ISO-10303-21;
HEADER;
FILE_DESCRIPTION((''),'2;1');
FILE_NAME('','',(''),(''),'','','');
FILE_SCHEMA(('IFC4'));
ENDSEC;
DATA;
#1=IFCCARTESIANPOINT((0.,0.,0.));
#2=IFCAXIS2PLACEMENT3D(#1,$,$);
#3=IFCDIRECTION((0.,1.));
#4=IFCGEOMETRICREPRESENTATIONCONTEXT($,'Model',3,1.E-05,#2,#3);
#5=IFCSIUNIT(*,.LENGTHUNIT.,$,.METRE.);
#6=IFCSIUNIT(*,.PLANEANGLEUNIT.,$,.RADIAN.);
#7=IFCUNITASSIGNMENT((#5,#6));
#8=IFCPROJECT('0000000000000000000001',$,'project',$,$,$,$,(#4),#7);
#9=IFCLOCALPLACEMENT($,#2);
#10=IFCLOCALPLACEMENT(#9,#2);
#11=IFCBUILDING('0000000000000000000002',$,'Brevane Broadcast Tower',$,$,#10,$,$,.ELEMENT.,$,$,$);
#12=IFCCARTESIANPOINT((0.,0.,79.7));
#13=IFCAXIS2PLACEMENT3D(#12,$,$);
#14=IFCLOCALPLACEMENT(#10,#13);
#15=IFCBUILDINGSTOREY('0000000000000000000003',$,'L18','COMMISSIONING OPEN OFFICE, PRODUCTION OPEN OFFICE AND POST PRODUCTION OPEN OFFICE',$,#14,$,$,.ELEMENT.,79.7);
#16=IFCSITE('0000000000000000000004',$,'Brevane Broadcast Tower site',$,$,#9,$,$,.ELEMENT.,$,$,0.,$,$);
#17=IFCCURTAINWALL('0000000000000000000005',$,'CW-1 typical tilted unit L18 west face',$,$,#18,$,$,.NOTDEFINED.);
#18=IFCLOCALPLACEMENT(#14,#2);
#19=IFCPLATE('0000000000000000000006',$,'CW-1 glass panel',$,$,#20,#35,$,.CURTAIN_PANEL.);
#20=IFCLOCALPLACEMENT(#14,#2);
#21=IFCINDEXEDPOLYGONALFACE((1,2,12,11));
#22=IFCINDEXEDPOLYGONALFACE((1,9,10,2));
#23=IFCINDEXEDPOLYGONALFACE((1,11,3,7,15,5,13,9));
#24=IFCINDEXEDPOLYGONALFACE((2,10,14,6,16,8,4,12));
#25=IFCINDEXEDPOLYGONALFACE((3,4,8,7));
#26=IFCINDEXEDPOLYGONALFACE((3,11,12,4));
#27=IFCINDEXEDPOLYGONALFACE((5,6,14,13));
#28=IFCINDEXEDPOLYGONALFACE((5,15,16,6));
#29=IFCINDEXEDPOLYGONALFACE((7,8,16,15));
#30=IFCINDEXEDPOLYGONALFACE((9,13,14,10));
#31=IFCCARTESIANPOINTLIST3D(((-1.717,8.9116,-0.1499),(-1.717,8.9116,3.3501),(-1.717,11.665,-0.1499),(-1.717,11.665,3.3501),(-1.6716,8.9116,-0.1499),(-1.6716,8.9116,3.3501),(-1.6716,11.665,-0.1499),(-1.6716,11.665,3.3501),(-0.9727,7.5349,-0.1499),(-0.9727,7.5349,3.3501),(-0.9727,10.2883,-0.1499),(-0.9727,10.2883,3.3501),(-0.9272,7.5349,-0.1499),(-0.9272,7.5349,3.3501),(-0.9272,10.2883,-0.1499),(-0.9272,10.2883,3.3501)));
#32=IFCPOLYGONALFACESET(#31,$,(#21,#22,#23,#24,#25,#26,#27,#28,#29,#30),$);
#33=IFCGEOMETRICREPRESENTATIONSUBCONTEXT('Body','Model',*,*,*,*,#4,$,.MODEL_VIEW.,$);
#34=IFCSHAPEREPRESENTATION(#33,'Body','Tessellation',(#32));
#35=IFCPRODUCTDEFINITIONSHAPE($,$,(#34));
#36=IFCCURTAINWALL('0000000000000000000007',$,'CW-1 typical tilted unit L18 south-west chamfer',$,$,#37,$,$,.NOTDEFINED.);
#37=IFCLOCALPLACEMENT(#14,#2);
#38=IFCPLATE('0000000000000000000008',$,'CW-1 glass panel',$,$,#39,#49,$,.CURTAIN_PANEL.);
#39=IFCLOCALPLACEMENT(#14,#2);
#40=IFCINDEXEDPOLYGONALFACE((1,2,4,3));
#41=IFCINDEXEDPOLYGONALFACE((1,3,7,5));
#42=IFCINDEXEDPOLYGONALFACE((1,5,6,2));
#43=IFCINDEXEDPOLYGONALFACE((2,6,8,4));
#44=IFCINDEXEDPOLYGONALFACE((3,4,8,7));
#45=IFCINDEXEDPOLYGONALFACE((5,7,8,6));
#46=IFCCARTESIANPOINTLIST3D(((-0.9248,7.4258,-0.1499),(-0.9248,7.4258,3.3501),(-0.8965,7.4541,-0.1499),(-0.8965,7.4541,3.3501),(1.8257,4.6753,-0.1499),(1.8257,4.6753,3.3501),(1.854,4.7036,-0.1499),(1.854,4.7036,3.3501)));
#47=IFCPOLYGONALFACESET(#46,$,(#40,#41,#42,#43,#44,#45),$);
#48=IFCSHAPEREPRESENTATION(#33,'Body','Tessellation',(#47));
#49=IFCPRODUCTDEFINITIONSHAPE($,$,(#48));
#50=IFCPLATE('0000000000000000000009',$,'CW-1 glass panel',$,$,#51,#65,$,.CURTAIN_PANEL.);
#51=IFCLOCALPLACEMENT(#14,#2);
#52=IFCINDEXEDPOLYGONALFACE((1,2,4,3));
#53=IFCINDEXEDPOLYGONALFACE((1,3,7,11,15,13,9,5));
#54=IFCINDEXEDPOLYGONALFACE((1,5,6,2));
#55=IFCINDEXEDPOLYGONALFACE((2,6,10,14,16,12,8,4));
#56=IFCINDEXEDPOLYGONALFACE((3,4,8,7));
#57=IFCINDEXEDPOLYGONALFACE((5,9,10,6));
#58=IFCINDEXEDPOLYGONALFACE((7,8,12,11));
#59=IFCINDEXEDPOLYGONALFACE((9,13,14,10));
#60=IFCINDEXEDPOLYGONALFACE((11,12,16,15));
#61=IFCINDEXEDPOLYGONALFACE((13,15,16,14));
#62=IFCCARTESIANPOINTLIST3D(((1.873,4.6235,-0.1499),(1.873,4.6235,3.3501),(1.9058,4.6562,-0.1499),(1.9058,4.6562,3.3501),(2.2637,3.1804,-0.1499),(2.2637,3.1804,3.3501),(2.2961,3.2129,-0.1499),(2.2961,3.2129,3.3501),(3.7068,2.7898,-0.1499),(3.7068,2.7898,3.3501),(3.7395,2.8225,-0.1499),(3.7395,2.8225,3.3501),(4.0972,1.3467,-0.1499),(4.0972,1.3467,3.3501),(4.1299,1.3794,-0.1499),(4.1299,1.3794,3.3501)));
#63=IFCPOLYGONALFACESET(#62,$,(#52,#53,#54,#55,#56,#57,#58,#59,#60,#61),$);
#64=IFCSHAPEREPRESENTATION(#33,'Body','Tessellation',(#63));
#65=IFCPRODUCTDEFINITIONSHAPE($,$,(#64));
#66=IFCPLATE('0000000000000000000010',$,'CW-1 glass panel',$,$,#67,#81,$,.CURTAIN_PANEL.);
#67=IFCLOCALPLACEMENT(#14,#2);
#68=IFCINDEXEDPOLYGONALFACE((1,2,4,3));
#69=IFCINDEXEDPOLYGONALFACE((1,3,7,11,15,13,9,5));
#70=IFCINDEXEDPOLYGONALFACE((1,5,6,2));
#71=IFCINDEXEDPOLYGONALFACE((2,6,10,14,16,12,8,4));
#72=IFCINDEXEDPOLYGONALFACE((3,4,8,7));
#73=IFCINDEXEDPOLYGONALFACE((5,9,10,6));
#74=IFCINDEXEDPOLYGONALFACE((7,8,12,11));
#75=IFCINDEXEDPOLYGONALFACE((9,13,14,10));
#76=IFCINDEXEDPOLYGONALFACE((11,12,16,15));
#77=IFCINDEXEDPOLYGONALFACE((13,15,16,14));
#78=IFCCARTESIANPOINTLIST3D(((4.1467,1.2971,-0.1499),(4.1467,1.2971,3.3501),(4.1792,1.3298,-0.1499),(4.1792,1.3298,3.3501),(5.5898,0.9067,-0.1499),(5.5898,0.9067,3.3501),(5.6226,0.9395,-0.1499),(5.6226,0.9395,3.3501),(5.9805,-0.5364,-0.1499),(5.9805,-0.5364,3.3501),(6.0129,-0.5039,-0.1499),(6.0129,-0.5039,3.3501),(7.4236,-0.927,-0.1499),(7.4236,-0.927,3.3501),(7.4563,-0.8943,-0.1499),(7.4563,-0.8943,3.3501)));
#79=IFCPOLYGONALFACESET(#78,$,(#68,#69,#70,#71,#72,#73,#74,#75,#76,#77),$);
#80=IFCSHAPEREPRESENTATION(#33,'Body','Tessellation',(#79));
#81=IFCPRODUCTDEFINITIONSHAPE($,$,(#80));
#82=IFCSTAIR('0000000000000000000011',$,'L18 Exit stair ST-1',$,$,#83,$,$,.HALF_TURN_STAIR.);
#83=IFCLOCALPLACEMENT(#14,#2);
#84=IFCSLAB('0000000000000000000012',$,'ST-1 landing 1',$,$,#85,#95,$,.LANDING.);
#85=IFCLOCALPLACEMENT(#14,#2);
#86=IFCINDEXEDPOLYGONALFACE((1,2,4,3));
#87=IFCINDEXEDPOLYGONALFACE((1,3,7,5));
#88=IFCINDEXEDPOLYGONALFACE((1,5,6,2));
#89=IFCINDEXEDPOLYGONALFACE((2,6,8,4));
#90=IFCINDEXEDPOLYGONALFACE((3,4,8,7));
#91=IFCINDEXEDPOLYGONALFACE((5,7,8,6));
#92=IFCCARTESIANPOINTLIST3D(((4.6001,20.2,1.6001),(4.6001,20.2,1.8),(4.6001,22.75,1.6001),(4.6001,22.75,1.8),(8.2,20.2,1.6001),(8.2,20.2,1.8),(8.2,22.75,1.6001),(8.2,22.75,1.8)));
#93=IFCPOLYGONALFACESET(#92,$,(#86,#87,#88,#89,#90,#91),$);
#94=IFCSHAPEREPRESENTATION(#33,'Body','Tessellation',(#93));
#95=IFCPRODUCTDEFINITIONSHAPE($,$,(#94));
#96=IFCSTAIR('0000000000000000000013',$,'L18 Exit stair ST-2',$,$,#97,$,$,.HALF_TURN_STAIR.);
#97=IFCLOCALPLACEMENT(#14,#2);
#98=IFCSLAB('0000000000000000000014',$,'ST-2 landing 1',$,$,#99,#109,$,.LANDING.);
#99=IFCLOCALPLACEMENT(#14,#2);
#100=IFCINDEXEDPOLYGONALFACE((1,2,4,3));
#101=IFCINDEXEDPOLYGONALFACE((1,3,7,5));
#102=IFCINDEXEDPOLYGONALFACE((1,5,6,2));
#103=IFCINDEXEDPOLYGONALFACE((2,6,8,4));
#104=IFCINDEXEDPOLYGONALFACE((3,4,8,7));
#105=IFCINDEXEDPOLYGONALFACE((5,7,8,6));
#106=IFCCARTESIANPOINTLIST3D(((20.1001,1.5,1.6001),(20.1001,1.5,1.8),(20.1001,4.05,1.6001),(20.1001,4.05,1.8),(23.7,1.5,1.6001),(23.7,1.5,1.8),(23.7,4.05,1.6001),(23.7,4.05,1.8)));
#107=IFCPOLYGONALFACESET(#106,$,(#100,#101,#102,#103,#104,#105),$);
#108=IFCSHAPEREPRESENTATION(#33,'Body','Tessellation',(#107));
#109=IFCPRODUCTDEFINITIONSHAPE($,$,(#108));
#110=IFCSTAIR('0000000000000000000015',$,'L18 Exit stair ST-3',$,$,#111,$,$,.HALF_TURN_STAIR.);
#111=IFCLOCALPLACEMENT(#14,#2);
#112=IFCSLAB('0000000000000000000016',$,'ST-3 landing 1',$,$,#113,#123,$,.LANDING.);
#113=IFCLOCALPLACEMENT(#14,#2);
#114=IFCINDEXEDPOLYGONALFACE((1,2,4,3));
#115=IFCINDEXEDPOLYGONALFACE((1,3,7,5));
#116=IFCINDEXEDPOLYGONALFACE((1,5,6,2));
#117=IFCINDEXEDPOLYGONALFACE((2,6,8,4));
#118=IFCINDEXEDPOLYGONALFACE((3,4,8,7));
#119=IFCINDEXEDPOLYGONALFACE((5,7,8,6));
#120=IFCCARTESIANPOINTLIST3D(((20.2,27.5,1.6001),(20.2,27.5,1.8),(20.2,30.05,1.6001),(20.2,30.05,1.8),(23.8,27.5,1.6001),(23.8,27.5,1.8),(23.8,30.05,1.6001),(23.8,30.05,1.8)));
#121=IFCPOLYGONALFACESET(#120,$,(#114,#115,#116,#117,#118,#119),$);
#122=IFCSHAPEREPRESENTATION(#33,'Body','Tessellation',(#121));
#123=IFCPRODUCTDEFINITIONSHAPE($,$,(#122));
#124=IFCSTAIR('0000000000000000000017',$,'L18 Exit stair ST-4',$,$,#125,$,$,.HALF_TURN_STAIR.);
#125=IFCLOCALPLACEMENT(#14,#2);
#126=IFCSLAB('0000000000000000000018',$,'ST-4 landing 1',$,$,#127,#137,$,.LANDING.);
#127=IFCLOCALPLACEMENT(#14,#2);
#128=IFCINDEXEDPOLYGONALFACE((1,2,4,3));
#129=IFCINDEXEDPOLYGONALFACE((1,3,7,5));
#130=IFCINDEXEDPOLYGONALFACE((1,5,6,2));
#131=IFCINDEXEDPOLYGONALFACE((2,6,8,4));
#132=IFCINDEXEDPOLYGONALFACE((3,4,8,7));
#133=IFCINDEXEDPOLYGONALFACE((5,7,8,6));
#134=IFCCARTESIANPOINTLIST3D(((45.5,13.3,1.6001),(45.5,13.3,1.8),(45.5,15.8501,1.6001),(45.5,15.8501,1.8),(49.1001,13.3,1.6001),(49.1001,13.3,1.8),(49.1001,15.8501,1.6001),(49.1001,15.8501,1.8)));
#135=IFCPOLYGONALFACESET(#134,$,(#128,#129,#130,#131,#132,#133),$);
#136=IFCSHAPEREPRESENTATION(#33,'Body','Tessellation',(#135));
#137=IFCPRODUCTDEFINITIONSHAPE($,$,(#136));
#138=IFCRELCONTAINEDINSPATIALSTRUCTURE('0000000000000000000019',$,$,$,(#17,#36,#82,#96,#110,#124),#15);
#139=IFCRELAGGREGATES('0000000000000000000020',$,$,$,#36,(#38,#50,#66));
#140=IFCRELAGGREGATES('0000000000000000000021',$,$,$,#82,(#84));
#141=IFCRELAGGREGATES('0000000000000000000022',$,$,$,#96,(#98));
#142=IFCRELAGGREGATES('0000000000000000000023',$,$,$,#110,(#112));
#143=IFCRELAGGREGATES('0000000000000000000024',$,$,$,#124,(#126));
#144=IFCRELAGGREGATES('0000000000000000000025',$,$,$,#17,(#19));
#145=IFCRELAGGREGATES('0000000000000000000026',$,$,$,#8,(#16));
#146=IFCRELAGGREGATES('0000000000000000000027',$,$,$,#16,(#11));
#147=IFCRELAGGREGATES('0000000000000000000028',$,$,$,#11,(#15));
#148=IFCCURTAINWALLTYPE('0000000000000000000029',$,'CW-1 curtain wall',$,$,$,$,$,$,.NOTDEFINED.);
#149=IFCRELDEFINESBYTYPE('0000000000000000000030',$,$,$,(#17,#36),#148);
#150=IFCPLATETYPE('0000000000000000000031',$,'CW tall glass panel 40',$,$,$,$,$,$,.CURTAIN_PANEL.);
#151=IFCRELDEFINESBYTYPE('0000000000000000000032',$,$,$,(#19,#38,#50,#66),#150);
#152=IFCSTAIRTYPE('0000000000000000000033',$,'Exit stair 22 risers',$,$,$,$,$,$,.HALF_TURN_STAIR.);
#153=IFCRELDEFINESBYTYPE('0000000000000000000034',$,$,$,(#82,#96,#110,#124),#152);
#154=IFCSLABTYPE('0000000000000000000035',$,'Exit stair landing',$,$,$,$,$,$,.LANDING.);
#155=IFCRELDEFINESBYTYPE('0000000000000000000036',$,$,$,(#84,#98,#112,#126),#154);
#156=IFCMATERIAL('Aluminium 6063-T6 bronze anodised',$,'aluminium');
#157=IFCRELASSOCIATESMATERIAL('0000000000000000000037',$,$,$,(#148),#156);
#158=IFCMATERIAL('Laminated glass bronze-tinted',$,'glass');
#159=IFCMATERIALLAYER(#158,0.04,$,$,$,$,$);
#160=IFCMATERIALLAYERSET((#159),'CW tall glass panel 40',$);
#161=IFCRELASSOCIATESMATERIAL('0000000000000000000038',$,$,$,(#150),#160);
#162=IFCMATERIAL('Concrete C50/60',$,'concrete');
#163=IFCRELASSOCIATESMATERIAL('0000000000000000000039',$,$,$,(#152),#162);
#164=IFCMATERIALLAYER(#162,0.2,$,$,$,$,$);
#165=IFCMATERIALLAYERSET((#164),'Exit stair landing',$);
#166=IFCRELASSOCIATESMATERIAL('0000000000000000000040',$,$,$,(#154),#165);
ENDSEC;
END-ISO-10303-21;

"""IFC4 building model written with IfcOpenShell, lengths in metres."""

from ifc_helpers import new_model, si_unit, direction, frame, origin, place, context, subcontext, project, spatial, polyline, outline, extrude, material, layer, layer_set, type_object, element, aggregate, save


model = new_model("IFC4")

# Units and contexts
model_context = context("Model", 3, precision=1e-05, world=origin(), true_north=direction((0.0, 1.0)))
body_context = subcontext(model_context, "Body", "Model", "MODEL_VIEW")
ifc_project = project(units=[si_unit("LENGTHUNIT", "METRE"), si_unit("PLANEANGLEUNIT", "RADIAN")], contexts=[model_context])

# Site, building, storey
site_placement = place(None, origin())
site = spatial("IfcSite", under=ifc_project, at=site_placement, Name="Brevane Broadcast Tower site", CompositionType="ELEMENT", RefElevation=0.0)
building_placement = place(site_placement, origin())
building = spatial("IfcBuilding", under=site, at=building_placement, Name="Brevane Broadcast Tower", CompositionType="ELEMENT")
storey_placement = place(building_placement, frame((0.0, 0.0, 79.7)))
storey = spatial("IfcBuildingStorey", under=building, at=storey_placement, Name="L18", Description="COMMISSIONING OPEN OFFICE, PRODUCTION OPEN OFFICE AND POST PRODUCTION OPEN OFFICE", CompositionType="ELEMENT", Elevation=79.7)

# Shared definitions
ifc_material_1 = material(Name="Aluminium 6063-T6 bronze anodised", Category="aluminium")
curtain_wall_type = type_object("IfcCurtainWallType", Name="CW-1 curtain wall", PredefinedType="NOTDEFINED", material=ifc_material_1)
ifc_material_2 = material(Name="Laminated glass bronze-tinted", Category="glass")
ifc_layer_1 = layer(ifc_material_2, 0.04)
ifc_layer_set_1 = layer_set([ifc_layer_1], Name="CW tall glass panel 40")
plate_type = type_object("IfcPlateType", Name="CW tall glass panel 40", PredefinedType="CURTAIN_PANEL", material=ifc_layer_set_1)

# Curtain walls, plates
curtain_wall_1_placement = place(storey_placement, origin())
curtain_wall_1 = element("IfcCurtainWall", 1, at=curtain_wall_1_placement, inside=storey, type_object=curtain_wall_type, Name="CW-1 typical tilted unit L18 west face", PredefinedType="NOTDEFINED")
plate_1_placement = place(storey_placement, frame((0.0, 0.0, -0.1499)))
plate_1 = element("IfcPlate", 2, at=plate_1_placement, type_object=plate_type, Name="CW-1 glass panel", PredefinedType="CURTAIN_PANEL", context=body_context, shape_type="SweptSolid", body=[
    extrude(outline(polyline([(-1.6716, 11.665), (-1.717, 11.665), (-0.9727, 10.2883), (-1.717, 8.9116), (-0.9727, 7.5349), (-0.9272, 7.5349), (-1.6716, 8.9116), (-0.9272, 10.2883), (-1.6716, 11.665)])), origin(), (0.0, 0.0, 1.0), 3.5),
])
curtain_wall_2_placement = place(storey_placement, origin())
curtain_wall_2 = element("IfcCurtainWall", 3, at=curtain_wall_2_placement, inside=storey, type_object=curtain_wall_type, Name="CW-1 typical tilted unit L18 south-west chamfer", PredefinedType="NOTDEFINED")
plate_2_placement = place(storey_placement, frame((0.0, 0.0, -0.1499)))
plate_2 = element("IfcPlate", 4, at=plate_2_placement, type_object=plate_type, Name="CW-1 glass panel", PredefinedType="CURTAIN_PANEL", context=body_context, shape_type="SweptSolid", body=[
    extrude(outline(polyline([(-0.8965, 7.4541), (1.854, 4.7036), (1.8257, 4.6753), (-0.9248, 7.4258), (-0.8965, 7.4541)])), origin(), (0.0, 0.0, 1.0), 3.5),
])
plate_3_placement = place(storey_placement, frame((0.0, 0.0, -0.1499)))
plate_3 = element("IfcPlate", 5, at=plate_3_placement, type_object=plate_type, Name="CW-1 glass panel", PredefinedType="CURTAIN_PANEL", context=body_context, shape_type="SweptSolid", body=[
    extrude(outline(polyline([(1.9058, 4.6562), (1.873, 4.6235), (2.2637, 3.1804), (3.7068, 2.7898), (4.0972, 1.3467), (4.1299, 1.3794), (3.7395, 2.8225), (2.2961, 3.2129), (1.9058, 4.6562)])), origin(), (0.0, 0.0, 1.0), 3.5),
])
plate_4_placement = place(storey_placement, frame((0.0, 0.0, -0.1499)))
plate_4 = element("IfcPlate", 6, at=plate_4_placement, type_object=plate_type, Name="CW-1 glass panel", PredefinedType="CURTAIN_PANEL", context=body_context, shape_type="SweptSolid", body=[
    extrude(outline(polyline([(4.1792, 1.3298), (4.1467, 1.2971), (5.5898, 0.9067), (5.9805, -0.5364), (7.4236, -0.927), (7.4563, -0.8943), (6.0129, -0.5039), (5.6226, 0.9395), (4.1792, 1.3298)])), origin(), (0.0, 0.0, 1.0), 3.5),
])
aggregate(curtain_wall_2, [plate_2, plate_3, plate_4])

# Stairs, slabs
ifc_material_3 = material(Name="Concrete C50/60", Category="concrete")
stair_type = type_object("IfcStairType", Name="Exit stair 22 risers", PredefinedType="HALF_TURN_STAIR", material=ifc_material_3)
stair_1_placement = place(storey_placement, origin())
stair_1 = element("IfcStair", 7, at=stair_1_placement, inside=storey, type_object=stair_type, Name="L18 Exit stair ST-1", PredefinedType="HALF_TURN_STAIR")
ifc_layer_2 = layer(ifc_material_3, 0.2)
ifc_layer_set_2 = layer_set([ifc_layer_2], Name="Exit stair landing")
slab_type_1 = type_object("IfcSlabType", Name="Exit stair landing", PredefinedType="LANDING", material=ifc_layer_set_2)
slab_1_placement = place(storey_placement, frame((0.0, 0.0, 1.6001)))
slab_1 = element("IfcSlab", 8, at=slab_1_placement, type_object=slab_type_1, Name="ST-1 landing 1", PredefinedType="LANDING", context=body_context, shape_type="SweptSolid", body=[
    extrude(outline(polyline([(4.6001, 20.2), (8.2, 20.2), (8.2, 22.75), (4.6001, 22.75), (4.6001, 20.2)])), origin(), (0.0, 0.0, 1.0), 0.2),
])
aggregate(stair_1, [slab_1])
stair_2_placement = place(storey_placement, origin())
stair_2 = element("IfcStair", 9, at=stair_2_placement, inside=storey, type_object=stair_type, Name="L18 Exit stair ST-2", PredefinedType="HALF_TURN_STAIR")
slab_2_placement = place(storey_placement, frame((0.0, 0.0, 1.6001)))
slab_2 = element("IfcSlab", 10, at=slab_2_placement, type_object=slab_type_1, Name="ST-2 landing 1", PredefinedType="LANDING", context=body_context, shape_type="SweptSolid", body=[
    extrude(outline(polyline([(20.1001, 1.5), (23.7, 1.5), (23.7, 4.05), (20.1001, 4.05), (20.1001, 1.5)])), origin(), (0.0, 0.0, 1.0), 0.2),
])
aggregate(stair_2, [slab_2])
stair_3_placement = place(storey_placement, origin())
stair_3 = element("IfcStair", 11, at=stair_3_placement, inside=storey, type_object=stair_type, Name="L18 Exit stair ST-3", PredefinedType="HALF_TURN_STAIR")
slab_3_placement = place(storey_placement, frame((0.0, 0.0, 1.6001)))
slab_3 = element("IfcSlab", 12, at=slab_3_placement, type_object=slab_type_1, Name="ST-3 landing 1", PredefinedType="LANDING", context=body_context, shape_type="SweptSolid", body=[
    extrude(outline(polyline([(20.2, 27.5), (23.8, 27.5), (23.8, 30.05), (20.2, 30.05), (20.2, 27.5)])), origin(), (0.0, 0.0, 1.0), 0.2),
])
aggregate(stair_3, [slab_3])
stair_4_placement = place(storey_placement, origin())
stair_4 = element("IfcStair", 13, at=stair_4_placement, inside=storey, type_object=stair_type, Name="L18 Exit stair ST-4", PredefinedType="HALF_TURN_STAIR")
slab_4_placement = place(storey_placement, frame((0.0, 0.0, 1.6001)))
slab_4 = element("IfcSlab", 14, at=slab_4_placement, type_object=slab_type_1, Name="ST-4 landing 1", PredefinedType="LANDING", context=body_context, shape_type="SweptSolid", body=[
    extrude(outline(polyline([(45.5, 13.3), (49.1001, 13.3), (49.1001, 15.8501), (45.5, 15.8501), (45.5, 13.3)])), origin(), (0.0, 0.0, 1.0), 0.2),
])
aggregate(stair_4, [slab_4])

aggregate(curtain_wall_1, [plate_1])

save(model, "model.ifc")
